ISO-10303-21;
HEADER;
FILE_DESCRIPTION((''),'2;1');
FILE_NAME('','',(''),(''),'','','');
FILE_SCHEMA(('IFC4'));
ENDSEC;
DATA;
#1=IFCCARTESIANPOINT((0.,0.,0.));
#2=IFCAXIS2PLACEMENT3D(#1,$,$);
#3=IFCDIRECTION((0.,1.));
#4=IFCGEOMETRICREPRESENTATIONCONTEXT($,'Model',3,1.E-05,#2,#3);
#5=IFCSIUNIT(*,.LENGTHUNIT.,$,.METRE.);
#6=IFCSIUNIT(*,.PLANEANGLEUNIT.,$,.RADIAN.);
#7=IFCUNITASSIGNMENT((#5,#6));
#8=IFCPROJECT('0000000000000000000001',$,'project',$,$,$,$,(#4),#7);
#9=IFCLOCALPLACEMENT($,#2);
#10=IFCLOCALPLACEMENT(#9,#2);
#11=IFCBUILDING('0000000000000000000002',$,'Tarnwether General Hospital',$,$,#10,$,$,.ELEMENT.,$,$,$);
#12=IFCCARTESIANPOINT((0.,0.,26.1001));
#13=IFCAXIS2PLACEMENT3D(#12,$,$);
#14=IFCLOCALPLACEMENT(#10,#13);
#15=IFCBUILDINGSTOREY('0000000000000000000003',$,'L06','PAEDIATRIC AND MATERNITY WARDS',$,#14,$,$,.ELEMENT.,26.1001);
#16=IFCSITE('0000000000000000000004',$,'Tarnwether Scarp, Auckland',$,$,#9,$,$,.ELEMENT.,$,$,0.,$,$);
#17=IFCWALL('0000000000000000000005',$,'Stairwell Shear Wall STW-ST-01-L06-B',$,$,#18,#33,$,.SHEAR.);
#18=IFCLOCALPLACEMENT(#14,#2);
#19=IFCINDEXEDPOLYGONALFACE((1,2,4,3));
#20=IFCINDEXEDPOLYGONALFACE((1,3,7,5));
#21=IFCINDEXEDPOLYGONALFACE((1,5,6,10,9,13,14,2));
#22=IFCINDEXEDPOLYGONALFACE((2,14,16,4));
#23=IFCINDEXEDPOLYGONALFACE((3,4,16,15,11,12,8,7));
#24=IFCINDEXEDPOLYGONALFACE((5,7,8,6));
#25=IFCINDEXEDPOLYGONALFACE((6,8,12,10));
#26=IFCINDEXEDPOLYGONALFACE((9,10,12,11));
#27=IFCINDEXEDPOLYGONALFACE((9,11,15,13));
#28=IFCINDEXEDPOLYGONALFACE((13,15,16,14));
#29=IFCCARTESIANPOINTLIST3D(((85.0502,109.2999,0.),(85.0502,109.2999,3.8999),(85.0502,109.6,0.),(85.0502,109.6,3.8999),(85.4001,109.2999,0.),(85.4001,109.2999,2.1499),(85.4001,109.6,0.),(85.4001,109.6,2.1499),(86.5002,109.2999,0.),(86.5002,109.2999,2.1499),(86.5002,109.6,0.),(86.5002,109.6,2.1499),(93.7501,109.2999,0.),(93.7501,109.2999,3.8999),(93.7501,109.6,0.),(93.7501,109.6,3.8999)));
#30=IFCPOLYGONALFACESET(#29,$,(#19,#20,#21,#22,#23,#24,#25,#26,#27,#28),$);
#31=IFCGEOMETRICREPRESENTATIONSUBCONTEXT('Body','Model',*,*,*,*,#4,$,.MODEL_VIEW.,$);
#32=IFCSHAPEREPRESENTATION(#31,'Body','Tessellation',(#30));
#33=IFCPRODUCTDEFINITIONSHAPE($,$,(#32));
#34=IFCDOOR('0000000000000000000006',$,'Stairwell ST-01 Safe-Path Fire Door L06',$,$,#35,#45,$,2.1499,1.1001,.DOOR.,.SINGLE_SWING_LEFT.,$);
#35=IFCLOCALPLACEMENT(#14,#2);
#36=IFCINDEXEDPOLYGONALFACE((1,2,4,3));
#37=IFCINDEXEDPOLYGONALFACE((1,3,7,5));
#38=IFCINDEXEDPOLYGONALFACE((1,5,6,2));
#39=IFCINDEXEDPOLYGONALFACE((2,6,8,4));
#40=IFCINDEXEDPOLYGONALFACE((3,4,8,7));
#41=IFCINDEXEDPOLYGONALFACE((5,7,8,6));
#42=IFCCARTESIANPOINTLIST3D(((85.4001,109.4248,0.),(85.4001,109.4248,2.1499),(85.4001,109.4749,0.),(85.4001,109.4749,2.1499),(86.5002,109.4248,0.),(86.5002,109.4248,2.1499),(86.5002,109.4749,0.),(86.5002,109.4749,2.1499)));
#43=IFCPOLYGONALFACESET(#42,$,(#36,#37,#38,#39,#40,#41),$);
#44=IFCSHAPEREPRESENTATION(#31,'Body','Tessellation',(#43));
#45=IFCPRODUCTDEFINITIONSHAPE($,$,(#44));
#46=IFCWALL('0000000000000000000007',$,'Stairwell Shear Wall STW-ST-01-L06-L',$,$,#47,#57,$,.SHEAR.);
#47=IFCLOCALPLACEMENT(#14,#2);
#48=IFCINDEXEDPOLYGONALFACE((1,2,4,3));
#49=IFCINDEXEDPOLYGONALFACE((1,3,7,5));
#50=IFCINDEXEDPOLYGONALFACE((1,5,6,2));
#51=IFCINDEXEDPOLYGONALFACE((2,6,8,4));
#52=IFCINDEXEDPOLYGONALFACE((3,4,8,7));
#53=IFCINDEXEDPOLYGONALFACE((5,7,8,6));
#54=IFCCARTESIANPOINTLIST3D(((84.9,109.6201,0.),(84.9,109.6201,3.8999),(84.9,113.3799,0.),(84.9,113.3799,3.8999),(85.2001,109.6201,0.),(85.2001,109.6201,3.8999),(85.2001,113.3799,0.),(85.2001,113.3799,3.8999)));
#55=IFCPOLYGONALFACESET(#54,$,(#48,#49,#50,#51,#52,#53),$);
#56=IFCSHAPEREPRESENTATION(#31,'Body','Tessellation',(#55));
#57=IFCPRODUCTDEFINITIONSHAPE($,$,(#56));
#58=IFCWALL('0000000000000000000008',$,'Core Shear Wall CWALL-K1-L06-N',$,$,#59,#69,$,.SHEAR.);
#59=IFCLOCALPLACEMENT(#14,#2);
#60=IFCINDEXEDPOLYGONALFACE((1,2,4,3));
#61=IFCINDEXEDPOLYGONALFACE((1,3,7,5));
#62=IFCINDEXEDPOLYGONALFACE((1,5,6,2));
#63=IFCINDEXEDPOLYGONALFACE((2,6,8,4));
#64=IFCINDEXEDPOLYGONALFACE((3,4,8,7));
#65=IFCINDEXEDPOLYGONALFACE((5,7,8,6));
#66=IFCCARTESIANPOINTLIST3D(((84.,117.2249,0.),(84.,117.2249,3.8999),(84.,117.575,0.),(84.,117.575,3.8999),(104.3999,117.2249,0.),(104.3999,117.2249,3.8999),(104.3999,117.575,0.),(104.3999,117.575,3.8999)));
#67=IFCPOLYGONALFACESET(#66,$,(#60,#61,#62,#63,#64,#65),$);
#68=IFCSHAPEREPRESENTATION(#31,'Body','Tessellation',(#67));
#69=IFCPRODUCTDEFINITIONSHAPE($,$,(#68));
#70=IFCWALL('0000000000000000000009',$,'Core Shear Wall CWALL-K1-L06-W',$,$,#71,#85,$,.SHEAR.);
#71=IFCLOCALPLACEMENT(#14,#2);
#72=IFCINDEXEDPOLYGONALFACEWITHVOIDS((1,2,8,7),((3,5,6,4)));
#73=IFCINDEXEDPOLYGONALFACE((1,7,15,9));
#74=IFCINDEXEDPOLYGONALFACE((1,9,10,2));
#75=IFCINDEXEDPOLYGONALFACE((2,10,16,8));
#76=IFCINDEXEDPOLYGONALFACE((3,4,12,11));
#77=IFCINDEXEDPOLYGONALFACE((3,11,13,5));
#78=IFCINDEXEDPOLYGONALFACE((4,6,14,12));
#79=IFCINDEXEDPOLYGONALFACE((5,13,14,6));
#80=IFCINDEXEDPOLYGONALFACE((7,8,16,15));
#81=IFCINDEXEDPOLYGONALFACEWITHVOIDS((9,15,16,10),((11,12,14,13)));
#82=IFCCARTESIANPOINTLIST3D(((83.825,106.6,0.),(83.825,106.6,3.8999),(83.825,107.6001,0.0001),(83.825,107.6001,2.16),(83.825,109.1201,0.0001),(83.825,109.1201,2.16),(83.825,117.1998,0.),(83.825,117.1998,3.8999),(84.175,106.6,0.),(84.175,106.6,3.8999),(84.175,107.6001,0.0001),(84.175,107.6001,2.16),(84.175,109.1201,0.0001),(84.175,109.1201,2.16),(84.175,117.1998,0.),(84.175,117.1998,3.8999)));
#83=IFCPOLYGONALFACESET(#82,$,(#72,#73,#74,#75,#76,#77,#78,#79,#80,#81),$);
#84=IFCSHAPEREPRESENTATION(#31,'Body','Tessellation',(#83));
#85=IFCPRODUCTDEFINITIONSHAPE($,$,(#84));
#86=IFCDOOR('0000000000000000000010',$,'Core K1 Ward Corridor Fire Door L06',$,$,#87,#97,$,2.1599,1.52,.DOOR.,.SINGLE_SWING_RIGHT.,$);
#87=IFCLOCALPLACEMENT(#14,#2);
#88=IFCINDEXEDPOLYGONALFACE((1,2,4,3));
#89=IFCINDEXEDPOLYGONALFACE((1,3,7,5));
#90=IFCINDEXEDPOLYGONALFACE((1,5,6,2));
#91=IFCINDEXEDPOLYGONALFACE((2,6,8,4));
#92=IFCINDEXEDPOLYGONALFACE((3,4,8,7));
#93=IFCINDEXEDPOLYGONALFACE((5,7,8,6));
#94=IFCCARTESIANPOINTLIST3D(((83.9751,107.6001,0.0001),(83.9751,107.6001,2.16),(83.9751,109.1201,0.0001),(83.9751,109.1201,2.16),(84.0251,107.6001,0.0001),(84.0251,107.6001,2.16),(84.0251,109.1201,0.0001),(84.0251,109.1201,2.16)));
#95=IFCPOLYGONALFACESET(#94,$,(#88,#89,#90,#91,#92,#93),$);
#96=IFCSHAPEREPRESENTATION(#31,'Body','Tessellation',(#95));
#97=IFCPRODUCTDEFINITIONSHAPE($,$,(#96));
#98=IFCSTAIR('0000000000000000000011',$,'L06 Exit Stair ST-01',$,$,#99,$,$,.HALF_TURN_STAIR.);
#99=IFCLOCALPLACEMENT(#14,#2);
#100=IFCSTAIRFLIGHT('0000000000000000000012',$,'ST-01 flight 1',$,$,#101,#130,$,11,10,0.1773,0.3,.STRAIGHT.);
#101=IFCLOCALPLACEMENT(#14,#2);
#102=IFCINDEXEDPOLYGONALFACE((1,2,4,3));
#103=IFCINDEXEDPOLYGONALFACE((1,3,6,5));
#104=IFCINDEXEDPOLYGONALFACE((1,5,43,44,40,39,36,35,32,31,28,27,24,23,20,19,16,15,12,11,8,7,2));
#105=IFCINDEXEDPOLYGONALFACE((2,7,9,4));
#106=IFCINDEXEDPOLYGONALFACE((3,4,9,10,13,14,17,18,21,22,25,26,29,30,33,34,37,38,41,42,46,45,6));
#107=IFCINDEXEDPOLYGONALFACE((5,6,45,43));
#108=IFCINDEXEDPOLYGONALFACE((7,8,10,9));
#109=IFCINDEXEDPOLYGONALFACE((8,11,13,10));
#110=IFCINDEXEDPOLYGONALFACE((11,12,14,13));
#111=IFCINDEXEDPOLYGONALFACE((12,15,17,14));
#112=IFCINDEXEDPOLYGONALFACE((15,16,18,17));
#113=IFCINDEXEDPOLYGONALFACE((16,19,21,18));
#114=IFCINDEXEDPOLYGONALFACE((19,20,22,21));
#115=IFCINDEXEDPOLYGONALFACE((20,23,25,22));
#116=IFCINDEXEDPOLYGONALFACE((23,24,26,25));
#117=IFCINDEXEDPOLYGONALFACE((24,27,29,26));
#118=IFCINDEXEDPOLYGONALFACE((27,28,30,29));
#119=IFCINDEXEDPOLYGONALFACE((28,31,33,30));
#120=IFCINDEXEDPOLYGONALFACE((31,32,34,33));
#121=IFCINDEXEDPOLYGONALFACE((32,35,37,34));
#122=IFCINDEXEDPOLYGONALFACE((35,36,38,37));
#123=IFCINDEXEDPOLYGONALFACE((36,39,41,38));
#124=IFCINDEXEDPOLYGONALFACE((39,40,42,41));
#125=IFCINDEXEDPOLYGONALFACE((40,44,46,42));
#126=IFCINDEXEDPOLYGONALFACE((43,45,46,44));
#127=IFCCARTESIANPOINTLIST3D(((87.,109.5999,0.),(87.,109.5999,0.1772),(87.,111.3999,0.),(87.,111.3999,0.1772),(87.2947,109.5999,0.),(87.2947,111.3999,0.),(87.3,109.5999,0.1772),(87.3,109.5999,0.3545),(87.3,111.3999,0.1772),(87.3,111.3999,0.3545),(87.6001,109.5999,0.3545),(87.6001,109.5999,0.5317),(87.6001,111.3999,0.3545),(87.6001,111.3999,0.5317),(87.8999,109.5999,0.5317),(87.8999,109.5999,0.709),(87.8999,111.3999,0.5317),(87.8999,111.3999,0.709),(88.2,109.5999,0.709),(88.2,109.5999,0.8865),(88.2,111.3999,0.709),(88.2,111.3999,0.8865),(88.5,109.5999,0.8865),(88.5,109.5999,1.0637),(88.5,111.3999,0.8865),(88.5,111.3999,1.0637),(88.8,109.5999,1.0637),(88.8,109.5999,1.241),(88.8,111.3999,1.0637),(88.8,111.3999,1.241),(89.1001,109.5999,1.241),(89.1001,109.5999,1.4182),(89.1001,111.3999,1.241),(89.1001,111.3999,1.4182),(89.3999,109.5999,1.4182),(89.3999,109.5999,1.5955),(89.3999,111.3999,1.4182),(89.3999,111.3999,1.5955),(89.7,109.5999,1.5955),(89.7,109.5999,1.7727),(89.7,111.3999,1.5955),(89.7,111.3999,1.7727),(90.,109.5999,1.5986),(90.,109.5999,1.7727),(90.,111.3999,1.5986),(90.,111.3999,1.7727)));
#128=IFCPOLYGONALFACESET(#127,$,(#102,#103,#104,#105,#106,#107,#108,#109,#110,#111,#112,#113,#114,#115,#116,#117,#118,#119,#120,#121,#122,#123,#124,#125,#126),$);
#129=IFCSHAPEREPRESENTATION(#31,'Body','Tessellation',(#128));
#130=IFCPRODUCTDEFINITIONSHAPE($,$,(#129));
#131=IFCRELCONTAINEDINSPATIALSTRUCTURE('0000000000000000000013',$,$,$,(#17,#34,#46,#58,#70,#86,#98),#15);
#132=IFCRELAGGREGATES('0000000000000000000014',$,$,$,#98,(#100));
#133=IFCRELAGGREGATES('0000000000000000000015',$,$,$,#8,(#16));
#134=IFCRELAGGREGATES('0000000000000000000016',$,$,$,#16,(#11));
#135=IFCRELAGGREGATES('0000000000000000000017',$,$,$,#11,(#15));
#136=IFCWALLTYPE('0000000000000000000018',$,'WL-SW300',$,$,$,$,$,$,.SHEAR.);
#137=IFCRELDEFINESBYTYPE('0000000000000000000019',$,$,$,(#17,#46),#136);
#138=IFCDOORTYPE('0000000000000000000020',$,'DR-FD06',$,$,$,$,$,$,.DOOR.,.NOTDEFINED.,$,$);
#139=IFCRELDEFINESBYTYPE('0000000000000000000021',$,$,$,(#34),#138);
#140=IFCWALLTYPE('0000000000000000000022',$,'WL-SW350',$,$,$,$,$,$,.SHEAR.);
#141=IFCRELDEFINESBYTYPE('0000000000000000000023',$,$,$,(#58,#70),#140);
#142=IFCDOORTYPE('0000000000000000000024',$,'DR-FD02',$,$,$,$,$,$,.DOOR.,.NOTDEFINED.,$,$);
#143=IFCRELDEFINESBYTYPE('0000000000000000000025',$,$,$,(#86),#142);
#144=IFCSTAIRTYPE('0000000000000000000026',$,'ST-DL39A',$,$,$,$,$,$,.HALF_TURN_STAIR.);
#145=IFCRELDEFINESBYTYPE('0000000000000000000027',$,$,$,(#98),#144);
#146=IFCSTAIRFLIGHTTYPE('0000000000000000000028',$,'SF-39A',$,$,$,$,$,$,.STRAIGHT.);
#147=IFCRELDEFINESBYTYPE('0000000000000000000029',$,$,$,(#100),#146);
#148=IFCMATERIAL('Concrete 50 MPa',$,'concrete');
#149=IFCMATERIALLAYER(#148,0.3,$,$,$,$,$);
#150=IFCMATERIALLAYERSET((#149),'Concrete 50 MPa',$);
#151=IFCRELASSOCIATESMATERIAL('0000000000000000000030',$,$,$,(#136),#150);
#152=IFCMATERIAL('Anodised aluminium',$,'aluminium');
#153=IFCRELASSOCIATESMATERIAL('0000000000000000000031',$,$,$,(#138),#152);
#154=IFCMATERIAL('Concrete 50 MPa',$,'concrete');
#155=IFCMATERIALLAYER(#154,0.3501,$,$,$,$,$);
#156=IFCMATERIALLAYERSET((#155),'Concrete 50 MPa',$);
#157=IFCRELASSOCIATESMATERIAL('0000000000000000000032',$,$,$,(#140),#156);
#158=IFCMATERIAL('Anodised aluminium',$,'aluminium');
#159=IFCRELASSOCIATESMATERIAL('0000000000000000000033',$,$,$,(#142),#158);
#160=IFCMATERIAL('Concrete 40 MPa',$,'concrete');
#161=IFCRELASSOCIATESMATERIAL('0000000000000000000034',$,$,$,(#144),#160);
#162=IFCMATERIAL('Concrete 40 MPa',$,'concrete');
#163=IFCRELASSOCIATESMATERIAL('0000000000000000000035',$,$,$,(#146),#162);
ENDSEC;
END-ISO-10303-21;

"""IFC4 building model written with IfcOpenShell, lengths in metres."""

from ifc_helpers import new_model, si_unit, direction, frame, frame_2d, origin, place, context, subcontext, project, spatial, polyline, rectangle, outline, extrude, material, layer, layer_set, type_object, element, fill, aggregate, save


model = new_model("IFC4")

# Units and contexts
model_context = context("Model", 3, precision=1e-05, world=origin(), true_north=direction((0.0, 1.0)))
body_context = subcontext(model_context, "Body", "Model", "MODEL_VIEW")
ifc_project = project(units=[si_unit("LENGTHUNIT", "METRE"), si_unit("PLANEANGLEUNIT", "RADIAN")], contexts=[model_context])

# Site, building, storey
site_placement = place(None, origin())
site = spatial("IfcSite", under=ifc_project, at=site_placement, Name="Tarnwether Scarp, Auckland", CompositionType="ELEMENT", RefElevation=0.0)
building_placement = place(site_placement, origin())
building = spatial("IfcBuilding", under=site, at=building_placement, Name="Tarnwether General Hospital", CompositionType="ELEMENT")
storey_placement = place(building_placement, frame((0.0, 0.0, 26.1001)))
storey = spatial("IfcBuildingStorey", under=building, at=storey_placement, Name="L06", Description="PAEDIATRIC AND MATERNITY WARDS", CompositionType="ELEMENT", Elevation=26.1001)

# Wall, opening, door
ifc_material_1 = material(Name="Concrete 50 MPa", Category="concrete")
ifc_layer_1 = layer(ifc_material_1, 0.3)
ifc_layer_set_1 = layer_set([ifc_layer_1], Name="Concrete 50 MPa")
wall_type_1 = type_object("IfcWallType", Name="WL-SW300", PredefinedType="SHEAR", material=ifc_layer_set_1)
wall_1_placement = place(storey_placement, frame((85.05, 109.45, 0.0), z_axis=(0.0, 0.0, 1.0), x_axis=(1.0, 0.0, 0.0)))
wall_1 = element("IfcWall", 1, at=wall_1_placement, inside=storey, type_object=wall_type_1, Name="Stairwell Shear Wall STW-ST-01-L06-B", PredefinedType="SHEAR", context=body_context, shape_type="SweptSolid", body=[
    extrude(rectangle(XDim=8.7, YDim=0.3, at=frame_2d((4.3501, 0.0))), origin(), (0.0, 0.0, 1.0), 3.8999),
])
opening_1_placement = place(wall_1_placement, frame((0.3501, 0.0, 0.0)))
opening_1 = element("IfcOpeningElement", 2, at=opening_1_placement, cuts=wall_1, PredefinedType="OPENING", context=body_context, shape_type="SweptSolid", body=[
    extrude(rectangle(XDim=1.1001, YDim=2.1499, at=frame_2d((0.55, 1.075))), frame((0.0, 0.1602, 0.0), z_axis=(0.0, -1.0, 0.0), x_axis=(1.0, 0.0, 0.0)), (0.0, 0.0, 1.0), 0.3201),
])
ifc_material_2 = material(Name="Anodised aluminium", Category="aluminium")
door_type_1 = type_object("IfcDoorType", Name="DR-FD06", OperationType="NOTDEFINED", PredefinedType="DOOR", material=ifc_material_2)
door_1_placement = place(opening_1_placement, origin())
door_1 = element("IfcDoor", 3, at=door_1_placement, inside=storey, type_object=door_type_1, Name="Stairwell ST-01 Safe-Path Fire Door L06", OperationType="SINGLE_SWING_LEFT", OverallHeight=2.1499, OverallWidth=1.1001, PredefinedType="DOOR", context=body_context, shape_type="SweptSolid", body=[
    extrude(rectangle(XDim=1.1001, YDim=2.1499, at=frame_2d((0.55, 1.075))), frame((0.0, 0.0249, 0.0), z_axis=(0.0, -1.0, 0.0), x_axis=(1.0, 0.0, 0.0)), (0.0, 0.0, 1.0), 0.05),
])
fill(opening_1, door_1)

# Walls
wall_2_placement = place(storey_placement, frame((85.05, 109.6201, 0.0), z_axis=(0.0, 0.0, 1.0), x_axis=(0.0, 1.0, 0.0)))
element("IfcWall", 4, at=wall_2_placement, inside=storey, type_object=wall_type_1, Name="Stairwell Shear Wall STW-ST-01-L06-L", PredefinedType="SHEAR", context=body_context, shape_type="SweptSolid", body=[
    extrude(rectangle(XDim=3.7598, YDim=0.3, at=frame_2d((1.8799, 0.0))), origin(), (0.0, 0.0, 1.0), 3.8999),
])
ifc_material_3 = material(Name="Concrete 50 MPa", Category="concrete")
ifc_layer_2 = layer(ifc_material_3, 0.3501)
ifc_layer_set_2 = layer_set([ifc_layer_2], Name="Concrete 50 MPa")
wall_type_2 = type_object("IfcWallType", Name="WL-SW350", PredefinedType="SHEAR", material=ifc_layer_set_2)
wall_3_placement = place(storey_placement, frame((84.0, 117.3999, 0.0), z_axis=(0.0, 0.0, 1.0), x_axis=(1.0, 0.0, 0.0)))
element("IfcWall", 5, at=wall_3_placement, inside=storey, type_object=wall_type_2, Name="Core Shear Wall CWALL-K1-L06-N", PredefinedType="SHEAR", context=body_context, shape_type="SweptSolid", body=[
    extrude(rectangle(XDim=20.3999, YDim=0.3501, at=frame_2d((10.2, 0.0))), origin(), (0.0, 0.0, 1.0), 3.8999),
])

# Wall, opening, door
wall_4_placement = place(storey_placement, frame((84.0, 106.6001, 0.0), z_axis=(0.0, 0.0, 1.0), x_axis=(0.0, 1.0, 0.0)))
wall_4 = element("IfcWall", 6, at=wall_4_placement, inside=storey, type_object=wall_type_2, Name="Core Shear Wall CWALL-K1-L06-W", PredefinedType="SHEAR", context=body_context, shape_type="SweptSolid", body=[
    extrude(rectangle(XDim=10.5999, YDim=0.3501, at=frame_2d((5.2998, 0.0))), origin(), (0.0, 0.0, 1.0), 3.8999),
])
opening_2_placement = place(wall_4_placement, frame((1.0, 0.0, 0.0)))
opening_2 = element("IfcOpeningElement", 7, at=opening_2_placement, cuts=wall_4, PredefinedType="OPENING", context=body_context, shape_type="SweptSolid", body=[
    extrude(rectangle(XDim=1.52, YDim=2.1599, at=frame_2d((0.76, 1.0801))), frame((0.0, 0.1851, 0.0), z_axis=(0.0, -1.0, 0.0), x_axis=(1.0, 0.0, 0.0)), (0.0, 0.0, 1.0), 0.3701),
])
ifc_material_4 = material(Name="Anodised aluminium", Category="aluminium")
door_type_2 = type_object("IfcDoorType", Name="DR-FD02", OperationType="NOTDEFINED", PredefinedType="DOOR", material=ifc_material_4)
door_2_placement = place(opening_2_placement, origin())
door_2 = element("IfcDoor", 8, at=door_2_placement, inside=storey, type_object=door_type_2, Name="Core K1 Ward Corridor Fire Door L06", OperationType="SINGLE_SWING_RIGHT", OverallHeight=2.1599, OverallWidth=1.52, PredefinedType="DOOR", context=body_context, shape_type="SweptSolid", body=[
    extrude(rectangle(XDim=1.52, YDim=2.1599, at=frame_2d((0.76, 1.0801))), frame((0.0, 0.0249, 0.0), z_axis=(0.0, -1.0, 0.0), x_axis=(1.0, 0.0, 0.0)), (0.0, 0.0, 1.0), 0.05),
])
fill(opening_2, door_2)

# Stair, stair flight
ifc_material_5 = material(Name="Concrete 40 MPa", Category="concrete")
stair_type = type_object("IfcStairType", Name="ST-DL39A", PredefinedType="HALF_TURN_STAIR", material=ifc_material_5)
stair_placement = place(storey_placement, origin())
stair = element("IfcStair", 9, at=stair_placement, inside=storey, type_object=stair_type, Name="L06 Exit Stair ST-01", PredefinedType="HALF_TURN_STAIR")
ifc_material_6 = material(Name="Concrete 40 MPa", Category="concrete")
stair_flight_type = type_object("IfcStairFlightType", Name="SF-39A", PredefinedType="STRAIGHT", material=ifc_material_6)
stair_flight_placement = place(storey_placement, frame((87.0, 110.5, 0.0), z_axis=(0.0, 0.0, 1.0), x_axis=(1.0, 0.0, 0.0)))
stair_flight = element("IfcStairFlight", 10, at=stair_flight_placement, type_object=stair_flight_type, Name="ST-01 flight 1", NumberOfRisers=11, NumberOfTreads=10, PredefinedType="STRAIGHT", RiserHeight=0.1773, TreadLength=0.3, context=body_context, shape_type="SweptSolid", body=[
    extrude(outline(polyline([(0.0, 0.0), (0.0, 0.1772), (0.3, 0.1772), (0.3, 0.3545), (0.6001, 0.3545), (0.6001, 0.5317), (0.8999, 0.5317), (0.8999, 0.709), (1.2, 0.709), (1.2, 0.8865), (1.5, 0.8865), (1.5, 1.0637), (1.8, 1.0637), (1.8, 1.241), (2.1001, 1.241), (2.1001, 1.4182), (2.3999, 1.4182), (2.3999, 1.5955), (2.7, 1.5955), (2.7, 1.7727), (3.0, 1.7727), (3.0, 1.95), (3.0, 1.5986), (0.2947, 0.0), (0.0, 0.0)])), frame((0.0, 0.8999, 0.0), z_axis=(0.0, -1.0, 0.0), x_axis=(1.0, 0.0, 0.0)), (0.0, 0.0, 1.0), 1.8),
])
aggregate(stair, [stair_flight])

save(model, "model.ifc")
